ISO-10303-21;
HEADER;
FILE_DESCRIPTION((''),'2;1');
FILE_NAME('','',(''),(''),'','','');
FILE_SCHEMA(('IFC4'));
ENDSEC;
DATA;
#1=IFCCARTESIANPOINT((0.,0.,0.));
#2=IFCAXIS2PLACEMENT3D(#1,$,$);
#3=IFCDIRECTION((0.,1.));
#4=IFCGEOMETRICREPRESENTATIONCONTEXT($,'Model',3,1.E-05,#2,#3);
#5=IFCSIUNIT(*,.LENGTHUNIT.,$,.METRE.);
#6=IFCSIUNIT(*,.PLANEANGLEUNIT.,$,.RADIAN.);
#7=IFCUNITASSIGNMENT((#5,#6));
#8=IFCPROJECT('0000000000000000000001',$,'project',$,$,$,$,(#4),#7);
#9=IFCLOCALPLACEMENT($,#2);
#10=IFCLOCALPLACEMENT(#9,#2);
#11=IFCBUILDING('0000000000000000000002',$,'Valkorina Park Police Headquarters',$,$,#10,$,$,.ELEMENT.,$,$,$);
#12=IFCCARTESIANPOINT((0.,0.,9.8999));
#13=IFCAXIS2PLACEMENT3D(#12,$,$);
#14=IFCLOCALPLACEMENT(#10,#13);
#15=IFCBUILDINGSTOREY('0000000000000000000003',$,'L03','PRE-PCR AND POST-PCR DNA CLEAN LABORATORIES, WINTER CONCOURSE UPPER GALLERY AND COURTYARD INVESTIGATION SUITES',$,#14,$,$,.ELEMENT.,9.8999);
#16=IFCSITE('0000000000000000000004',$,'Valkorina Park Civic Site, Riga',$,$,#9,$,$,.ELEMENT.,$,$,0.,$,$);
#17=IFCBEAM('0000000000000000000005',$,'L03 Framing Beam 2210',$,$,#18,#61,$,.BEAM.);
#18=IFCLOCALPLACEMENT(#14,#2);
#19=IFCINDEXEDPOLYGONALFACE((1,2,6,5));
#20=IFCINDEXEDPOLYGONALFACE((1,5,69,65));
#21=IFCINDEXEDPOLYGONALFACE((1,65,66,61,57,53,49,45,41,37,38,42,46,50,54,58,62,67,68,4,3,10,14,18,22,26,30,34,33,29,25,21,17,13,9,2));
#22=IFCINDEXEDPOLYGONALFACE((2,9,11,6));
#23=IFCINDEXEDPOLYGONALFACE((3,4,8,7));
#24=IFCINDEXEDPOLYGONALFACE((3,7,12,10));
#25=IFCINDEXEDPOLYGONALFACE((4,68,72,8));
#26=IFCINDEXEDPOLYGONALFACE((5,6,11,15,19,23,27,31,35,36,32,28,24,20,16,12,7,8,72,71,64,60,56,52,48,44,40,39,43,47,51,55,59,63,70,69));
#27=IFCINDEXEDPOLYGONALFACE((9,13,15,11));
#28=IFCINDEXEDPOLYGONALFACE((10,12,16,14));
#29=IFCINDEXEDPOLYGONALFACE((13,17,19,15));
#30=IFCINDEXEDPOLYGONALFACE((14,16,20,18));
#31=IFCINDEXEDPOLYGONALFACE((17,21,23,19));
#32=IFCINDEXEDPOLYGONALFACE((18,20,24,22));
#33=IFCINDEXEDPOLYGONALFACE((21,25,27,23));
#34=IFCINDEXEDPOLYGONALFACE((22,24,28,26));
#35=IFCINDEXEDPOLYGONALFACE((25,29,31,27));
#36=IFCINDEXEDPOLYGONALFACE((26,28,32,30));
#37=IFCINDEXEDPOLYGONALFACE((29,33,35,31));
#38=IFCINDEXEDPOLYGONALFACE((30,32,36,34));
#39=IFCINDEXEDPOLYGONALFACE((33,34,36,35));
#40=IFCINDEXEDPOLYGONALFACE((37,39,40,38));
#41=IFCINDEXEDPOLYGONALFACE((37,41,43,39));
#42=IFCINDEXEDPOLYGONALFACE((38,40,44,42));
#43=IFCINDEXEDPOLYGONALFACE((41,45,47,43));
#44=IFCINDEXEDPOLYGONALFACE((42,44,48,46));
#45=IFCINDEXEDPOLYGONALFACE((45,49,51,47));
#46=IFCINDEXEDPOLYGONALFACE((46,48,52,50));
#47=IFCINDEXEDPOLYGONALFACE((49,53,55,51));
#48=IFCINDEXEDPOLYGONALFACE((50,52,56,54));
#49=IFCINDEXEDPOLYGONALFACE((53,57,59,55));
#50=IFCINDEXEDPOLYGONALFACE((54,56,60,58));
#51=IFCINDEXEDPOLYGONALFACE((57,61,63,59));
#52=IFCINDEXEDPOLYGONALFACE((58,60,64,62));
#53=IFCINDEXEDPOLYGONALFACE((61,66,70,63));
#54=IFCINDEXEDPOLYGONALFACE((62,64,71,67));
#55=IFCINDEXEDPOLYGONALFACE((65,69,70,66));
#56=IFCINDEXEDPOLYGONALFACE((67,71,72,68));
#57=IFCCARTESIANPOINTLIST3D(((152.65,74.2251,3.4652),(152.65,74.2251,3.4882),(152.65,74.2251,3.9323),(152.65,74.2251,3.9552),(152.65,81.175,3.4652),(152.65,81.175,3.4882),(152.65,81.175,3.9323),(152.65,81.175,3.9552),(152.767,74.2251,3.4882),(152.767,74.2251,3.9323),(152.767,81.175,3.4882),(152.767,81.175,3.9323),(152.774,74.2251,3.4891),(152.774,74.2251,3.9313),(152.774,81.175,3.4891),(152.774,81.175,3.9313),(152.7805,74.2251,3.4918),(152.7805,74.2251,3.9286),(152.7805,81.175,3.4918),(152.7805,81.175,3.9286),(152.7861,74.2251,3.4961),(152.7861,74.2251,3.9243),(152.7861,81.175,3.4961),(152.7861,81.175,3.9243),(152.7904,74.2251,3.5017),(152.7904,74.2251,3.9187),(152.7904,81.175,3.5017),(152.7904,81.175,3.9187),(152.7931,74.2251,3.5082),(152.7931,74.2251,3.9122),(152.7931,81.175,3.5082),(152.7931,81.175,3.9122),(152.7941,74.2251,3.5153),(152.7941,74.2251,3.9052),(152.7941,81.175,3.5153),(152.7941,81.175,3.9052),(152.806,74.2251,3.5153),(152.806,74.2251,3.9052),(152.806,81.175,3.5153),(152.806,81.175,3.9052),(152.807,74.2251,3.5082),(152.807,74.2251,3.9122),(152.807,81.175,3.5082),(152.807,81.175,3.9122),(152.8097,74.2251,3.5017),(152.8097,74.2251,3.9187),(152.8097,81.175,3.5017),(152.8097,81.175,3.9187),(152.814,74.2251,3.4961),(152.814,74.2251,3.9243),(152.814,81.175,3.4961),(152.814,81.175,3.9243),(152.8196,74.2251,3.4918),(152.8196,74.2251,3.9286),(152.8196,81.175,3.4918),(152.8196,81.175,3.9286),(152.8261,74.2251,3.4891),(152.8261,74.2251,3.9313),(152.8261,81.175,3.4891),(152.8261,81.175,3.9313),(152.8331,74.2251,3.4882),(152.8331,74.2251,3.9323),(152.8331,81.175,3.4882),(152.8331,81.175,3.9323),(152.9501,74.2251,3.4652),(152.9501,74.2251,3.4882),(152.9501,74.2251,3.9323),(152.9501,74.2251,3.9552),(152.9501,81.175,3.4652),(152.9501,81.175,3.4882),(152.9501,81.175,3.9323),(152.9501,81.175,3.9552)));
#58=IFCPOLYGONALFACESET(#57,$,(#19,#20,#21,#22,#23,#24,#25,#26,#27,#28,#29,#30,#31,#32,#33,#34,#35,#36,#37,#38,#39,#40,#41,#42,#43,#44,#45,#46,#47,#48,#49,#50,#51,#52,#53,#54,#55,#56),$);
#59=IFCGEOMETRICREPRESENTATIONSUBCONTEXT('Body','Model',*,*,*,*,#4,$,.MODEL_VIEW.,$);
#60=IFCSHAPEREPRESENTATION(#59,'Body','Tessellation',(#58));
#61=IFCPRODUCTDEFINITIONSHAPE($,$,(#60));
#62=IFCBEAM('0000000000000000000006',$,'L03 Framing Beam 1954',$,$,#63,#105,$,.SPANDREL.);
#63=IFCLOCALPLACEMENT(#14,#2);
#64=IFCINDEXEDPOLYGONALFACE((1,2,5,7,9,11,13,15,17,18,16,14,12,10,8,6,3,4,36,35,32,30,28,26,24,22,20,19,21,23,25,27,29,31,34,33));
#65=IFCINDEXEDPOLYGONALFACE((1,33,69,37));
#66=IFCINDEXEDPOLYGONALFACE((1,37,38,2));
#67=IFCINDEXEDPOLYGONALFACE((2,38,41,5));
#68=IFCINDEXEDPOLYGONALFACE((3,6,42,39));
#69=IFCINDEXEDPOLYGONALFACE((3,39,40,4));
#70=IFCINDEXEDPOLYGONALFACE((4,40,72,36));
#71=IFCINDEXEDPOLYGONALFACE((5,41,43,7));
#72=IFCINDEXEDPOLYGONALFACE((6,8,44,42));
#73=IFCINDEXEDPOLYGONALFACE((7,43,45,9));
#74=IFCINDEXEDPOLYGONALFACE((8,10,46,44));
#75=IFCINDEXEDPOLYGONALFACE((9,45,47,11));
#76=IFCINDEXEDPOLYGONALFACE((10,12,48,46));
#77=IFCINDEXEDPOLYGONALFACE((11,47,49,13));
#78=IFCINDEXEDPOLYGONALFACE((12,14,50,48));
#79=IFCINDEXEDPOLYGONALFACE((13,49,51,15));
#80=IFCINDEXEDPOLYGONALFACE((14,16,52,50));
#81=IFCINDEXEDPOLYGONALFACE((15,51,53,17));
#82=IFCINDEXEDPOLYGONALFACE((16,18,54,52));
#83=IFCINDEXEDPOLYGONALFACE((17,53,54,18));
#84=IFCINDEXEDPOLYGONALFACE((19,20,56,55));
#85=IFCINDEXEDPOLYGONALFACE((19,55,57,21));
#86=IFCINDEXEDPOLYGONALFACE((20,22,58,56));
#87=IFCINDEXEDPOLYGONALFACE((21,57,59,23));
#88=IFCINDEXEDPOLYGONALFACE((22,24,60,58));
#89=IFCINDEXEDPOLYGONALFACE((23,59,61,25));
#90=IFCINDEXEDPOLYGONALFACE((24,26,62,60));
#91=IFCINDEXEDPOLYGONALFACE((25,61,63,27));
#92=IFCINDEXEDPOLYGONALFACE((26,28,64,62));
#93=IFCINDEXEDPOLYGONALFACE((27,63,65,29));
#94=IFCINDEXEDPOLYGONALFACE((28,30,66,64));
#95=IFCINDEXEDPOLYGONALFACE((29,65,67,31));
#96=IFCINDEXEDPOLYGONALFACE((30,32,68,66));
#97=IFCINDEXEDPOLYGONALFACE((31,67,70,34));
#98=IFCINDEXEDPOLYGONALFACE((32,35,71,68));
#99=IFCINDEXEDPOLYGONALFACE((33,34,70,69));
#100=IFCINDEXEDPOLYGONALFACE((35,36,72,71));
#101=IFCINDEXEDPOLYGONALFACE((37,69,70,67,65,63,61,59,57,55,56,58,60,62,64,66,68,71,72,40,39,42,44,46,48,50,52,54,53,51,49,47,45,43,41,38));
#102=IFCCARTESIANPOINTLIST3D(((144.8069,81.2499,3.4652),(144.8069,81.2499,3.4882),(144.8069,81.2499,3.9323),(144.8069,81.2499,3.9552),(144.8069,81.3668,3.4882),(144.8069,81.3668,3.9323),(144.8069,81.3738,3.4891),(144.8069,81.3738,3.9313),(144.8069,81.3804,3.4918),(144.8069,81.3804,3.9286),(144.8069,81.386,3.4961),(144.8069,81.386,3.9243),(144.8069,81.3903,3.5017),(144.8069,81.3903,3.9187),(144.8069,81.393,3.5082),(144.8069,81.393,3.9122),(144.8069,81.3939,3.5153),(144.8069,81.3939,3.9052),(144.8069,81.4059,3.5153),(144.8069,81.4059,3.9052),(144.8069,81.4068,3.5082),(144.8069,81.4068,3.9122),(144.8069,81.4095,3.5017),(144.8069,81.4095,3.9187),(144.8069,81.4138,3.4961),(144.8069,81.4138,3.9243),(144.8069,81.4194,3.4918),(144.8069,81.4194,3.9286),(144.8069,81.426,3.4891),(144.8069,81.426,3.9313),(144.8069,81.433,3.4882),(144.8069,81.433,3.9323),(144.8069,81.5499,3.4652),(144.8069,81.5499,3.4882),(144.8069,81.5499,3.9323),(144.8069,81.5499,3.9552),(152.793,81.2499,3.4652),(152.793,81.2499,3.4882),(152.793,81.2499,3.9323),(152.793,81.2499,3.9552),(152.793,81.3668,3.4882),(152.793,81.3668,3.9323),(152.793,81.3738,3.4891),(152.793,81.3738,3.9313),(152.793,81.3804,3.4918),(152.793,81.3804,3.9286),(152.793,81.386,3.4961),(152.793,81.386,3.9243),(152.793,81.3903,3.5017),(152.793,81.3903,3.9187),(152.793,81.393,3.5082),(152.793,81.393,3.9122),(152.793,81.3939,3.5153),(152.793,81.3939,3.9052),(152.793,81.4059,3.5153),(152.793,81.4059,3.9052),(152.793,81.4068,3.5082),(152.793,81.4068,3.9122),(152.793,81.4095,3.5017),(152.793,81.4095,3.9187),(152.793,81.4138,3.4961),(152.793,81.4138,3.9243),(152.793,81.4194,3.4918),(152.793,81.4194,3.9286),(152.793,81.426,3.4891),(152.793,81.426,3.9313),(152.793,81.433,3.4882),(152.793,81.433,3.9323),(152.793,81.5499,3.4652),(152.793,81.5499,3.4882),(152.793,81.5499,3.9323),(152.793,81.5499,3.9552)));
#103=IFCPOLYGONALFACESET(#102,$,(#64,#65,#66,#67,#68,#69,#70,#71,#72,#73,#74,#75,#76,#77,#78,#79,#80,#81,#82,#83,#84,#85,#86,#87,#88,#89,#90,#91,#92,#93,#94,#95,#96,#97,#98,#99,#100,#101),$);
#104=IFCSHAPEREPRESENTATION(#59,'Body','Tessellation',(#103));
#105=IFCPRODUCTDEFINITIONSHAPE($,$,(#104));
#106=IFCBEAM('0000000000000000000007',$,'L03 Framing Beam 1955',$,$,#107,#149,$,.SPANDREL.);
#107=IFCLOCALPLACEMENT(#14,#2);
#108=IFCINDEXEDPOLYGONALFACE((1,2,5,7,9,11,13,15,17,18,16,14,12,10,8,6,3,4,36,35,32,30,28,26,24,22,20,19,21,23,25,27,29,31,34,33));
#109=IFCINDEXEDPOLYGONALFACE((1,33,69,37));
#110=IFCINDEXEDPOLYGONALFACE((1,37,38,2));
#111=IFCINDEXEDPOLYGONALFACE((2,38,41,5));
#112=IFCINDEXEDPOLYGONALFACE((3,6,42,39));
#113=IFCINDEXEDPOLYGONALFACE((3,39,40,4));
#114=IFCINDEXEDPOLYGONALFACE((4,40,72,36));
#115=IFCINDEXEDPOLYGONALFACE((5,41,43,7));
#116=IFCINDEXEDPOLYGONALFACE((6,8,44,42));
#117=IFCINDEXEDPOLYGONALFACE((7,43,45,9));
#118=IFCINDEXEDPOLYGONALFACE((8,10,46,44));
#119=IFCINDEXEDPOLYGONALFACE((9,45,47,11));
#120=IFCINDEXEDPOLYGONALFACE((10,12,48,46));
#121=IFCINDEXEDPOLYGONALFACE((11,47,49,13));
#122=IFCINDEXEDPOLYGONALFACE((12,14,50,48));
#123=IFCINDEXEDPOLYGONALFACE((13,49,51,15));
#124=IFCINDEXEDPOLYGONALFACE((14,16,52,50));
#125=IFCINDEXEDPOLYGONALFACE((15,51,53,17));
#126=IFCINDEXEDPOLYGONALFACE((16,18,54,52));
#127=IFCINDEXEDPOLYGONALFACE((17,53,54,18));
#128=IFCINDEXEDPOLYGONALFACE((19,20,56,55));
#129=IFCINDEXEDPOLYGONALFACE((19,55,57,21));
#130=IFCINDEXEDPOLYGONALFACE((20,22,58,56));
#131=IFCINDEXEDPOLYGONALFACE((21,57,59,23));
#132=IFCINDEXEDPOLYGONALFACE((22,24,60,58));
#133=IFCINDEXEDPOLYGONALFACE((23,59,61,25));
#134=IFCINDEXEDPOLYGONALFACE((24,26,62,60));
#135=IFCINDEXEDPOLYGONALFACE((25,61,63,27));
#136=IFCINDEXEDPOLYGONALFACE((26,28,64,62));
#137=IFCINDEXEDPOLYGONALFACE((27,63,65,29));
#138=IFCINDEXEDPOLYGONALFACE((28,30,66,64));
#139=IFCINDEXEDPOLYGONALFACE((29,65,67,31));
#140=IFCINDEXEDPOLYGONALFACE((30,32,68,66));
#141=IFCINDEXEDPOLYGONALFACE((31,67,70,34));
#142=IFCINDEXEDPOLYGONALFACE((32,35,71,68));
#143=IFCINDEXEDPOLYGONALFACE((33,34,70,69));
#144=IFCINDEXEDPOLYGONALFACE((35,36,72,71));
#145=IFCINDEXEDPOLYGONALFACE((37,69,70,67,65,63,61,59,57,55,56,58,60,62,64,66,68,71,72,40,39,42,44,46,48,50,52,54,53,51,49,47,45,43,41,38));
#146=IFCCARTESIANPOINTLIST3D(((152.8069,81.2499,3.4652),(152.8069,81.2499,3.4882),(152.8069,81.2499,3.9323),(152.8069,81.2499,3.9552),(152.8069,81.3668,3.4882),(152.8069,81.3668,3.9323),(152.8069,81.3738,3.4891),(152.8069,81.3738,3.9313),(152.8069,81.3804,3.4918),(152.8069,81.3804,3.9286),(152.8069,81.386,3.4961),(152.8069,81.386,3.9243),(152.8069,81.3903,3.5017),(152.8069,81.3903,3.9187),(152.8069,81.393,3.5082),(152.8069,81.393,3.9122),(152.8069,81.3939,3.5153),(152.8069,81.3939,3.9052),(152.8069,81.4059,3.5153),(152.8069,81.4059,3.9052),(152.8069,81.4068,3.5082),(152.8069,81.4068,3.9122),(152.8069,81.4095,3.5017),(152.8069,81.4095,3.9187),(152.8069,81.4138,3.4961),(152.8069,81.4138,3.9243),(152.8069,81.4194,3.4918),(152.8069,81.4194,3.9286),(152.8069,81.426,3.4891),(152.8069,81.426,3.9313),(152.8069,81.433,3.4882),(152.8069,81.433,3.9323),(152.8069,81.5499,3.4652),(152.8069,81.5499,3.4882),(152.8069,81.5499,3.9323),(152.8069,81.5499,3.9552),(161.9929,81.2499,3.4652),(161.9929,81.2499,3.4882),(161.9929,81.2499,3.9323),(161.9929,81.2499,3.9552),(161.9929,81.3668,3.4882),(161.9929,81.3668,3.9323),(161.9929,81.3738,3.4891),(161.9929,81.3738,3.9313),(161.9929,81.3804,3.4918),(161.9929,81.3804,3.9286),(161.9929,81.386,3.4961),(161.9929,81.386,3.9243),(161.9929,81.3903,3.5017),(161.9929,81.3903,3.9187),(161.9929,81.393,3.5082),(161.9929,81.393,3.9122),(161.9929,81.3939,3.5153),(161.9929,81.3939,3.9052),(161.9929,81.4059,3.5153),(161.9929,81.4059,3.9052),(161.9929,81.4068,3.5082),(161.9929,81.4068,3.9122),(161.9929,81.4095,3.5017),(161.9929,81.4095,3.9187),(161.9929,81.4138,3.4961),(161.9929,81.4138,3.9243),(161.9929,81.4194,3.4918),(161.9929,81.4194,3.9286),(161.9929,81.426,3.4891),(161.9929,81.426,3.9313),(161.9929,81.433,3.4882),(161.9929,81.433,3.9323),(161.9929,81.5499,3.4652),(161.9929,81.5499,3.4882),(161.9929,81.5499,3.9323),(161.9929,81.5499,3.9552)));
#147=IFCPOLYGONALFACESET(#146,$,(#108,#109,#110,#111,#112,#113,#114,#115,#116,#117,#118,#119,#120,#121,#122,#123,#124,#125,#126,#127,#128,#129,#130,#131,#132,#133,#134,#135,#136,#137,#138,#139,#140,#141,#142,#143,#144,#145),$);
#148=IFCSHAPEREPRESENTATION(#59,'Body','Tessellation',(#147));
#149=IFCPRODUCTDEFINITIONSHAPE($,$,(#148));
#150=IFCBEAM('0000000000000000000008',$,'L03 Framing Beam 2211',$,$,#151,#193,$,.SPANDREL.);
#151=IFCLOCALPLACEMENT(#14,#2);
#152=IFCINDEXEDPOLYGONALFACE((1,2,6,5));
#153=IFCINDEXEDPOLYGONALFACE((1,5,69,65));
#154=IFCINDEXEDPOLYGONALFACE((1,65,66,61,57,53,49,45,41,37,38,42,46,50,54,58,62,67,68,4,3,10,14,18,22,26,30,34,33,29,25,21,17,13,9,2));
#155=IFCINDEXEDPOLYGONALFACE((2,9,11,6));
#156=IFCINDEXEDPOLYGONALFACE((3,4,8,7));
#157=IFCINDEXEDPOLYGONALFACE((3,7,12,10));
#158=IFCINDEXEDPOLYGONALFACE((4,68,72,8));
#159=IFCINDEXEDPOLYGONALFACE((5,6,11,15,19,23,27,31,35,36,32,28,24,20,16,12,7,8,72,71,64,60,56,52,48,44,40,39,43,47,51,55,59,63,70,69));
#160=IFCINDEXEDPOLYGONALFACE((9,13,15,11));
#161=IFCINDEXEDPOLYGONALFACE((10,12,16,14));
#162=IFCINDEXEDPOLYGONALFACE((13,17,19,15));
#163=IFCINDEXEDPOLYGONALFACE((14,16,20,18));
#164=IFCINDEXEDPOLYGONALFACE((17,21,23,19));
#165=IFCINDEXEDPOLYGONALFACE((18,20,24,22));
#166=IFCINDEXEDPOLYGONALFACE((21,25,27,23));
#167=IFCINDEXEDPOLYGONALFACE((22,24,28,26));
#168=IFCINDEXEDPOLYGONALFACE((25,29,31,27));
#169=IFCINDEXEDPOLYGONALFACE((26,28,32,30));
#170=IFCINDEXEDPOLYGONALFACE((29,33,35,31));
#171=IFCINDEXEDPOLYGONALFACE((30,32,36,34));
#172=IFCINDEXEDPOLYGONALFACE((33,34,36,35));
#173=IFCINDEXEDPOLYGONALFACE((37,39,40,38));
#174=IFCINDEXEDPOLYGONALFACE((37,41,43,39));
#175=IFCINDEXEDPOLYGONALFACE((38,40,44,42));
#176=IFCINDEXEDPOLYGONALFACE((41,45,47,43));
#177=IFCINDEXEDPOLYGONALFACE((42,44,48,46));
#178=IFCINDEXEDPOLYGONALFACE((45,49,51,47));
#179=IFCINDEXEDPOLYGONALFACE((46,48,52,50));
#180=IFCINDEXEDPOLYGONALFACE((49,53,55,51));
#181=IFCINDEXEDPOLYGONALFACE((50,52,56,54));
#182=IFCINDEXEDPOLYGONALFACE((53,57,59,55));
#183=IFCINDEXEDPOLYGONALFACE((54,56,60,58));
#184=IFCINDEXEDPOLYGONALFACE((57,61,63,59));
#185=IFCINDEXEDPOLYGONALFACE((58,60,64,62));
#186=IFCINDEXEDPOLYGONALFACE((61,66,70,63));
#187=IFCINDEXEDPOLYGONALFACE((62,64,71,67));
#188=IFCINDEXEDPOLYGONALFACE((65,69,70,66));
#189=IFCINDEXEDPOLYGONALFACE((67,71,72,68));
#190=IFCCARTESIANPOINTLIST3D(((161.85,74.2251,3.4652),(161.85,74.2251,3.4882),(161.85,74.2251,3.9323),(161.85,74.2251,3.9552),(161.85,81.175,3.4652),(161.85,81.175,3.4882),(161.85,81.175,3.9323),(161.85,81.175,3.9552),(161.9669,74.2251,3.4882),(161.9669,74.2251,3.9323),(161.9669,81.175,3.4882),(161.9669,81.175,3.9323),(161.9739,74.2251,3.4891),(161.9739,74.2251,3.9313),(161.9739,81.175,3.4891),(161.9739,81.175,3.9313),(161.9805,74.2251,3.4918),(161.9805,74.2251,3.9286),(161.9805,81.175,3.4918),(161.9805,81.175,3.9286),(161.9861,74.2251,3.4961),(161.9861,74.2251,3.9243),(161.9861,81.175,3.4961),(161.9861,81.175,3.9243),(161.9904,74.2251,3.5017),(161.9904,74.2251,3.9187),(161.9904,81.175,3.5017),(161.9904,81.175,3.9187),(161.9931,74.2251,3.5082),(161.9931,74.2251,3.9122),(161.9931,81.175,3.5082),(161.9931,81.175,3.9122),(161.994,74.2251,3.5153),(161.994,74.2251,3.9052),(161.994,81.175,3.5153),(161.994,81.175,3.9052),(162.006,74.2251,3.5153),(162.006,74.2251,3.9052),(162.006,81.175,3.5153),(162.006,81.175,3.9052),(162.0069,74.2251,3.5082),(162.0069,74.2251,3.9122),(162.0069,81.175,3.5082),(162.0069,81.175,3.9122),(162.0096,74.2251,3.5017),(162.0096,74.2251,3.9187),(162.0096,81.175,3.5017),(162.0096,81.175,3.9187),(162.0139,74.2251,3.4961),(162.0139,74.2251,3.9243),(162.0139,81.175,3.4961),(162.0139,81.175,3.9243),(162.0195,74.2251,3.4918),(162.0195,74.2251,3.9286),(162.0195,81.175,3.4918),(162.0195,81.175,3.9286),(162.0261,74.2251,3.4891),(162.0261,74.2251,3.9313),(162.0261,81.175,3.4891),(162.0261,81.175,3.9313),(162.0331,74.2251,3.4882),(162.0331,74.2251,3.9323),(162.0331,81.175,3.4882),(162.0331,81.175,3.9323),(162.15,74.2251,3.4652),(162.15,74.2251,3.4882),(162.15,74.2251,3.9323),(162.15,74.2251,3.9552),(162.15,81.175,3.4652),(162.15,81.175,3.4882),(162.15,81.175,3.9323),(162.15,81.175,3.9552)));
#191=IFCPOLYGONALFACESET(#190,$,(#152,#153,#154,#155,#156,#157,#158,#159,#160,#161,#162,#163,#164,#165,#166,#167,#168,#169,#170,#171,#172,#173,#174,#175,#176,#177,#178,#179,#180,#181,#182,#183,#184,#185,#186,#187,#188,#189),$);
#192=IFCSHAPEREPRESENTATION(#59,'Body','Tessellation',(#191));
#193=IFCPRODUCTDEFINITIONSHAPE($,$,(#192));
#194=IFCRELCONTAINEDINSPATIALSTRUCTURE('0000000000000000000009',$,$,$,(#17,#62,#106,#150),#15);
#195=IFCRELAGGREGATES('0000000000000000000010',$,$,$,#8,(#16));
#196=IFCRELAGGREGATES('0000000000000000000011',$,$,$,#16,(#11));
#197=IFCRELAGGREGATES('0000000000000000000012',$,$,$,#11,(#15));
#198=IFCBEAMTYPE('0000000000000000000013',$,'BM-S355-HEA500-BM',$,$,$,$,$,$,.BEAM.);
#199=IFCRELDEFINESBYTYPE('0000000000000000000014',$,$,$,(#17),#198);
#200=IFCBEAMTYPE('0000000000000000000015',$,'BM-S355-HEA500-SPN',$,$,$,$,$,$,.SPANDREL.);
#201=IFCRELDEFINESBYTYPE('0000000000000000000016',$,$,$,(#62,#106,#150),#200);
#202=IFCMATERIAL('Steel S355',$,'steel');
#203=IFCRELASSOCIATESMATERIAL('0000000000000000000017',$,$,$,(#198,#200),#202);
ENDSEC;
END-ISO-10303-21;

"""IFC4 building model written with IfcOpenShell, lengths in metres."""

from ifc_helpers import new_model, si_unit, direction, frame, origin, origin_2d, place, context, subcontext, project, spatial, i_section, extrude, material, material_profile, profile_set, type_object, element, save


model = new_model("IFC4")

# Units and contexts
model_context = context("Model", 3, precision=1e-05, world=origin(), true_north=direction((0.0, 1.0)))
body_context = subcontext(model_context, "Body", "Model", "MODEL_VIEW")
ifc_project = project(units=[si_unit("LENGTHUNIT", "METRE"), si_unit("PLANEANGLEUNIT", "RADIAN")], contexts=[model_context])

# Site, building, storey
site_placement = place(None, origin())
site = spatial("IfcSite", under=ifc_project, at=site_placement, Name="Valkorina Park Civic Site, Riga", CompositionType="ELEMENT", RefElevation=0.0)
building_placement = place(site_placement, origin())
building = spatial("IfcBuilding", under=site, at=building_placement, Name="Valkorina Park Police Headquarters", CompositionType="ELEMENT")
storey_placement = place(building_placement, frame((0.0, 0.0, 9.8999)))
storey = spatial("IfcBuildingStorey", under=building, at=storey_placement, Name="L03", Description="PRE-PCR AND POST-PCR DNA CLEAN LABORATORIES, WINTER CONCOURSE UPPER GALLERY AND COURTYARD INVESTIGATION SUITES", CompositionType="ELEMENT", Elevation=9.8999)

# Shared definitions
ifc_material_1 = material(Name="Steel S355", Category="steel")

# Beams
ifc_material_profile_1 = material_profile(ifc_material_1, i_section(OverallWidth=0.3, OverallDepth=0.49, WebThickness=0.012, FlangeThickness=0.0229, FilletRadius=0.0271, at=origin_2d()), Name="HEA 500")
ifc_profile_set_1 = profile_set([ifc_material_profile_1], Name="Steel S355")
beam_type_1 = type_object("IfcBeamType", Name="BM-S355-HEA500-BM", PredefinedType="BEAM", material=ifc_profile_set_1)
for number, where, z_axis, x_axis, name in (
    (1, (152.8, 74.2251, 3.7102), (0.0, 1.0, 0.0), (-1.0, 0.0, 0.0), "L03 Framing Beam 2210"),
):
    element("IfcBeam", number, at=place(storey_placement, frame(where, z_axis=z_axis, x_axis=x_axis)), inside=storey, type_object=beam_type_1, Name=name, PredefinedType="BEAM", context=body_context, shape_type="SweptSolid", body=[
        extrude(i_section(OverallWidth=0.3, OverallDepth=0.49, WebThickness=0.012, FlangeThickness=0.0229, FilletRadius=0.0271, at=origin_2d()), origin(), (0.0, 0.0, 1.0), 6.95),
    ])
ifc_material_profile_2 = material_profile(ifc_material_1, i_section(OverallWidth=0.3, OverallDepth=0.49, WebThickness=0.012, FlangeThickness=0.0229, FilletRadius=0.0271, at=origin_2d()), Name="HEA 500")
ifc_profile_set_2 = profile_set([ifc_material_profile_2], Name="Steel S355")
beam_type_2 = type_object("IfcBeamType", Name="BM-S355-HEA500-SPN", PredefinedType="SPANDREL", material=ifc_profile_set_2)
beam_1_placement = place(storey_placement, frame((144.8069, 81.3999, 3.7102), z_axis=(1.0, 0.0, 0.0), x_axis=(0.0, 1.0, 0.0)))
element("IfcBeam", 2, at=beam_1_placement, inside=storey, type_object=beam_type_2, Name="L03 Framing Beam 1954", PredefinedType="SPANDREL", context=body_context, shape_type="SweptSolid", body=[
    extrude(i_section(OverallWidth=0.3, OverallDepth=0.49, WebThickness=0.012, FlangeThickness=0.0229, FilletRadius=0.0271, at=origin_2d()), origin(), (0.0, 0.0, 1.0), 7.9861),
])
beam_2_placement = place(storey_placement, frame((152.8069, 81.3999, 3.7102), z_axis=(1.0, 0.0, 0.0), x_axis=(0.0, 1.0, 0.0)))
element("IfcBeam", 3, at=beam_2_placement, inside=storey, type_object=beam_type_2, Name="L03 Framing Beam 1955", PredefinedType="SPANDREL", context=body_context, shape_type="SweptSolid", body=[
    extrude(i_section(OverallWidth=0.3, OverallDepth=0.49, WebThickness=0.012, FlangeThickness=0.0229, FilletRadius=0.0271, at=origin_2d()), origin(), (0.0, 0.0, 1.0), 9.186),
])
beam_3_placement = place(storey_placement, frame((162.0, 74.2251, 3.7102), z_axis=(0.0, 1.0, 0.0), x_axis=(-1.0, 0.0, 0.0)))
element("IfcBeam", 4, at=beam_3_placement, inside=storey, type_object=beam_type_2, Name="L03 Framing Beam 2211", PredefinedType="SPANDREL", context=body_context, shape_type="SweptSolid", body=[
    extrude(i_section(OverallWidth=0.3, OverallDepth=0.49, WebThickness=0.012, FlangeThickness=0.0229, FilletRadius=0.0271, at=origin_2d()), origin(), (0.0, 0.0, 1.0), 6.95),
])

save(model, "model.ifc")
